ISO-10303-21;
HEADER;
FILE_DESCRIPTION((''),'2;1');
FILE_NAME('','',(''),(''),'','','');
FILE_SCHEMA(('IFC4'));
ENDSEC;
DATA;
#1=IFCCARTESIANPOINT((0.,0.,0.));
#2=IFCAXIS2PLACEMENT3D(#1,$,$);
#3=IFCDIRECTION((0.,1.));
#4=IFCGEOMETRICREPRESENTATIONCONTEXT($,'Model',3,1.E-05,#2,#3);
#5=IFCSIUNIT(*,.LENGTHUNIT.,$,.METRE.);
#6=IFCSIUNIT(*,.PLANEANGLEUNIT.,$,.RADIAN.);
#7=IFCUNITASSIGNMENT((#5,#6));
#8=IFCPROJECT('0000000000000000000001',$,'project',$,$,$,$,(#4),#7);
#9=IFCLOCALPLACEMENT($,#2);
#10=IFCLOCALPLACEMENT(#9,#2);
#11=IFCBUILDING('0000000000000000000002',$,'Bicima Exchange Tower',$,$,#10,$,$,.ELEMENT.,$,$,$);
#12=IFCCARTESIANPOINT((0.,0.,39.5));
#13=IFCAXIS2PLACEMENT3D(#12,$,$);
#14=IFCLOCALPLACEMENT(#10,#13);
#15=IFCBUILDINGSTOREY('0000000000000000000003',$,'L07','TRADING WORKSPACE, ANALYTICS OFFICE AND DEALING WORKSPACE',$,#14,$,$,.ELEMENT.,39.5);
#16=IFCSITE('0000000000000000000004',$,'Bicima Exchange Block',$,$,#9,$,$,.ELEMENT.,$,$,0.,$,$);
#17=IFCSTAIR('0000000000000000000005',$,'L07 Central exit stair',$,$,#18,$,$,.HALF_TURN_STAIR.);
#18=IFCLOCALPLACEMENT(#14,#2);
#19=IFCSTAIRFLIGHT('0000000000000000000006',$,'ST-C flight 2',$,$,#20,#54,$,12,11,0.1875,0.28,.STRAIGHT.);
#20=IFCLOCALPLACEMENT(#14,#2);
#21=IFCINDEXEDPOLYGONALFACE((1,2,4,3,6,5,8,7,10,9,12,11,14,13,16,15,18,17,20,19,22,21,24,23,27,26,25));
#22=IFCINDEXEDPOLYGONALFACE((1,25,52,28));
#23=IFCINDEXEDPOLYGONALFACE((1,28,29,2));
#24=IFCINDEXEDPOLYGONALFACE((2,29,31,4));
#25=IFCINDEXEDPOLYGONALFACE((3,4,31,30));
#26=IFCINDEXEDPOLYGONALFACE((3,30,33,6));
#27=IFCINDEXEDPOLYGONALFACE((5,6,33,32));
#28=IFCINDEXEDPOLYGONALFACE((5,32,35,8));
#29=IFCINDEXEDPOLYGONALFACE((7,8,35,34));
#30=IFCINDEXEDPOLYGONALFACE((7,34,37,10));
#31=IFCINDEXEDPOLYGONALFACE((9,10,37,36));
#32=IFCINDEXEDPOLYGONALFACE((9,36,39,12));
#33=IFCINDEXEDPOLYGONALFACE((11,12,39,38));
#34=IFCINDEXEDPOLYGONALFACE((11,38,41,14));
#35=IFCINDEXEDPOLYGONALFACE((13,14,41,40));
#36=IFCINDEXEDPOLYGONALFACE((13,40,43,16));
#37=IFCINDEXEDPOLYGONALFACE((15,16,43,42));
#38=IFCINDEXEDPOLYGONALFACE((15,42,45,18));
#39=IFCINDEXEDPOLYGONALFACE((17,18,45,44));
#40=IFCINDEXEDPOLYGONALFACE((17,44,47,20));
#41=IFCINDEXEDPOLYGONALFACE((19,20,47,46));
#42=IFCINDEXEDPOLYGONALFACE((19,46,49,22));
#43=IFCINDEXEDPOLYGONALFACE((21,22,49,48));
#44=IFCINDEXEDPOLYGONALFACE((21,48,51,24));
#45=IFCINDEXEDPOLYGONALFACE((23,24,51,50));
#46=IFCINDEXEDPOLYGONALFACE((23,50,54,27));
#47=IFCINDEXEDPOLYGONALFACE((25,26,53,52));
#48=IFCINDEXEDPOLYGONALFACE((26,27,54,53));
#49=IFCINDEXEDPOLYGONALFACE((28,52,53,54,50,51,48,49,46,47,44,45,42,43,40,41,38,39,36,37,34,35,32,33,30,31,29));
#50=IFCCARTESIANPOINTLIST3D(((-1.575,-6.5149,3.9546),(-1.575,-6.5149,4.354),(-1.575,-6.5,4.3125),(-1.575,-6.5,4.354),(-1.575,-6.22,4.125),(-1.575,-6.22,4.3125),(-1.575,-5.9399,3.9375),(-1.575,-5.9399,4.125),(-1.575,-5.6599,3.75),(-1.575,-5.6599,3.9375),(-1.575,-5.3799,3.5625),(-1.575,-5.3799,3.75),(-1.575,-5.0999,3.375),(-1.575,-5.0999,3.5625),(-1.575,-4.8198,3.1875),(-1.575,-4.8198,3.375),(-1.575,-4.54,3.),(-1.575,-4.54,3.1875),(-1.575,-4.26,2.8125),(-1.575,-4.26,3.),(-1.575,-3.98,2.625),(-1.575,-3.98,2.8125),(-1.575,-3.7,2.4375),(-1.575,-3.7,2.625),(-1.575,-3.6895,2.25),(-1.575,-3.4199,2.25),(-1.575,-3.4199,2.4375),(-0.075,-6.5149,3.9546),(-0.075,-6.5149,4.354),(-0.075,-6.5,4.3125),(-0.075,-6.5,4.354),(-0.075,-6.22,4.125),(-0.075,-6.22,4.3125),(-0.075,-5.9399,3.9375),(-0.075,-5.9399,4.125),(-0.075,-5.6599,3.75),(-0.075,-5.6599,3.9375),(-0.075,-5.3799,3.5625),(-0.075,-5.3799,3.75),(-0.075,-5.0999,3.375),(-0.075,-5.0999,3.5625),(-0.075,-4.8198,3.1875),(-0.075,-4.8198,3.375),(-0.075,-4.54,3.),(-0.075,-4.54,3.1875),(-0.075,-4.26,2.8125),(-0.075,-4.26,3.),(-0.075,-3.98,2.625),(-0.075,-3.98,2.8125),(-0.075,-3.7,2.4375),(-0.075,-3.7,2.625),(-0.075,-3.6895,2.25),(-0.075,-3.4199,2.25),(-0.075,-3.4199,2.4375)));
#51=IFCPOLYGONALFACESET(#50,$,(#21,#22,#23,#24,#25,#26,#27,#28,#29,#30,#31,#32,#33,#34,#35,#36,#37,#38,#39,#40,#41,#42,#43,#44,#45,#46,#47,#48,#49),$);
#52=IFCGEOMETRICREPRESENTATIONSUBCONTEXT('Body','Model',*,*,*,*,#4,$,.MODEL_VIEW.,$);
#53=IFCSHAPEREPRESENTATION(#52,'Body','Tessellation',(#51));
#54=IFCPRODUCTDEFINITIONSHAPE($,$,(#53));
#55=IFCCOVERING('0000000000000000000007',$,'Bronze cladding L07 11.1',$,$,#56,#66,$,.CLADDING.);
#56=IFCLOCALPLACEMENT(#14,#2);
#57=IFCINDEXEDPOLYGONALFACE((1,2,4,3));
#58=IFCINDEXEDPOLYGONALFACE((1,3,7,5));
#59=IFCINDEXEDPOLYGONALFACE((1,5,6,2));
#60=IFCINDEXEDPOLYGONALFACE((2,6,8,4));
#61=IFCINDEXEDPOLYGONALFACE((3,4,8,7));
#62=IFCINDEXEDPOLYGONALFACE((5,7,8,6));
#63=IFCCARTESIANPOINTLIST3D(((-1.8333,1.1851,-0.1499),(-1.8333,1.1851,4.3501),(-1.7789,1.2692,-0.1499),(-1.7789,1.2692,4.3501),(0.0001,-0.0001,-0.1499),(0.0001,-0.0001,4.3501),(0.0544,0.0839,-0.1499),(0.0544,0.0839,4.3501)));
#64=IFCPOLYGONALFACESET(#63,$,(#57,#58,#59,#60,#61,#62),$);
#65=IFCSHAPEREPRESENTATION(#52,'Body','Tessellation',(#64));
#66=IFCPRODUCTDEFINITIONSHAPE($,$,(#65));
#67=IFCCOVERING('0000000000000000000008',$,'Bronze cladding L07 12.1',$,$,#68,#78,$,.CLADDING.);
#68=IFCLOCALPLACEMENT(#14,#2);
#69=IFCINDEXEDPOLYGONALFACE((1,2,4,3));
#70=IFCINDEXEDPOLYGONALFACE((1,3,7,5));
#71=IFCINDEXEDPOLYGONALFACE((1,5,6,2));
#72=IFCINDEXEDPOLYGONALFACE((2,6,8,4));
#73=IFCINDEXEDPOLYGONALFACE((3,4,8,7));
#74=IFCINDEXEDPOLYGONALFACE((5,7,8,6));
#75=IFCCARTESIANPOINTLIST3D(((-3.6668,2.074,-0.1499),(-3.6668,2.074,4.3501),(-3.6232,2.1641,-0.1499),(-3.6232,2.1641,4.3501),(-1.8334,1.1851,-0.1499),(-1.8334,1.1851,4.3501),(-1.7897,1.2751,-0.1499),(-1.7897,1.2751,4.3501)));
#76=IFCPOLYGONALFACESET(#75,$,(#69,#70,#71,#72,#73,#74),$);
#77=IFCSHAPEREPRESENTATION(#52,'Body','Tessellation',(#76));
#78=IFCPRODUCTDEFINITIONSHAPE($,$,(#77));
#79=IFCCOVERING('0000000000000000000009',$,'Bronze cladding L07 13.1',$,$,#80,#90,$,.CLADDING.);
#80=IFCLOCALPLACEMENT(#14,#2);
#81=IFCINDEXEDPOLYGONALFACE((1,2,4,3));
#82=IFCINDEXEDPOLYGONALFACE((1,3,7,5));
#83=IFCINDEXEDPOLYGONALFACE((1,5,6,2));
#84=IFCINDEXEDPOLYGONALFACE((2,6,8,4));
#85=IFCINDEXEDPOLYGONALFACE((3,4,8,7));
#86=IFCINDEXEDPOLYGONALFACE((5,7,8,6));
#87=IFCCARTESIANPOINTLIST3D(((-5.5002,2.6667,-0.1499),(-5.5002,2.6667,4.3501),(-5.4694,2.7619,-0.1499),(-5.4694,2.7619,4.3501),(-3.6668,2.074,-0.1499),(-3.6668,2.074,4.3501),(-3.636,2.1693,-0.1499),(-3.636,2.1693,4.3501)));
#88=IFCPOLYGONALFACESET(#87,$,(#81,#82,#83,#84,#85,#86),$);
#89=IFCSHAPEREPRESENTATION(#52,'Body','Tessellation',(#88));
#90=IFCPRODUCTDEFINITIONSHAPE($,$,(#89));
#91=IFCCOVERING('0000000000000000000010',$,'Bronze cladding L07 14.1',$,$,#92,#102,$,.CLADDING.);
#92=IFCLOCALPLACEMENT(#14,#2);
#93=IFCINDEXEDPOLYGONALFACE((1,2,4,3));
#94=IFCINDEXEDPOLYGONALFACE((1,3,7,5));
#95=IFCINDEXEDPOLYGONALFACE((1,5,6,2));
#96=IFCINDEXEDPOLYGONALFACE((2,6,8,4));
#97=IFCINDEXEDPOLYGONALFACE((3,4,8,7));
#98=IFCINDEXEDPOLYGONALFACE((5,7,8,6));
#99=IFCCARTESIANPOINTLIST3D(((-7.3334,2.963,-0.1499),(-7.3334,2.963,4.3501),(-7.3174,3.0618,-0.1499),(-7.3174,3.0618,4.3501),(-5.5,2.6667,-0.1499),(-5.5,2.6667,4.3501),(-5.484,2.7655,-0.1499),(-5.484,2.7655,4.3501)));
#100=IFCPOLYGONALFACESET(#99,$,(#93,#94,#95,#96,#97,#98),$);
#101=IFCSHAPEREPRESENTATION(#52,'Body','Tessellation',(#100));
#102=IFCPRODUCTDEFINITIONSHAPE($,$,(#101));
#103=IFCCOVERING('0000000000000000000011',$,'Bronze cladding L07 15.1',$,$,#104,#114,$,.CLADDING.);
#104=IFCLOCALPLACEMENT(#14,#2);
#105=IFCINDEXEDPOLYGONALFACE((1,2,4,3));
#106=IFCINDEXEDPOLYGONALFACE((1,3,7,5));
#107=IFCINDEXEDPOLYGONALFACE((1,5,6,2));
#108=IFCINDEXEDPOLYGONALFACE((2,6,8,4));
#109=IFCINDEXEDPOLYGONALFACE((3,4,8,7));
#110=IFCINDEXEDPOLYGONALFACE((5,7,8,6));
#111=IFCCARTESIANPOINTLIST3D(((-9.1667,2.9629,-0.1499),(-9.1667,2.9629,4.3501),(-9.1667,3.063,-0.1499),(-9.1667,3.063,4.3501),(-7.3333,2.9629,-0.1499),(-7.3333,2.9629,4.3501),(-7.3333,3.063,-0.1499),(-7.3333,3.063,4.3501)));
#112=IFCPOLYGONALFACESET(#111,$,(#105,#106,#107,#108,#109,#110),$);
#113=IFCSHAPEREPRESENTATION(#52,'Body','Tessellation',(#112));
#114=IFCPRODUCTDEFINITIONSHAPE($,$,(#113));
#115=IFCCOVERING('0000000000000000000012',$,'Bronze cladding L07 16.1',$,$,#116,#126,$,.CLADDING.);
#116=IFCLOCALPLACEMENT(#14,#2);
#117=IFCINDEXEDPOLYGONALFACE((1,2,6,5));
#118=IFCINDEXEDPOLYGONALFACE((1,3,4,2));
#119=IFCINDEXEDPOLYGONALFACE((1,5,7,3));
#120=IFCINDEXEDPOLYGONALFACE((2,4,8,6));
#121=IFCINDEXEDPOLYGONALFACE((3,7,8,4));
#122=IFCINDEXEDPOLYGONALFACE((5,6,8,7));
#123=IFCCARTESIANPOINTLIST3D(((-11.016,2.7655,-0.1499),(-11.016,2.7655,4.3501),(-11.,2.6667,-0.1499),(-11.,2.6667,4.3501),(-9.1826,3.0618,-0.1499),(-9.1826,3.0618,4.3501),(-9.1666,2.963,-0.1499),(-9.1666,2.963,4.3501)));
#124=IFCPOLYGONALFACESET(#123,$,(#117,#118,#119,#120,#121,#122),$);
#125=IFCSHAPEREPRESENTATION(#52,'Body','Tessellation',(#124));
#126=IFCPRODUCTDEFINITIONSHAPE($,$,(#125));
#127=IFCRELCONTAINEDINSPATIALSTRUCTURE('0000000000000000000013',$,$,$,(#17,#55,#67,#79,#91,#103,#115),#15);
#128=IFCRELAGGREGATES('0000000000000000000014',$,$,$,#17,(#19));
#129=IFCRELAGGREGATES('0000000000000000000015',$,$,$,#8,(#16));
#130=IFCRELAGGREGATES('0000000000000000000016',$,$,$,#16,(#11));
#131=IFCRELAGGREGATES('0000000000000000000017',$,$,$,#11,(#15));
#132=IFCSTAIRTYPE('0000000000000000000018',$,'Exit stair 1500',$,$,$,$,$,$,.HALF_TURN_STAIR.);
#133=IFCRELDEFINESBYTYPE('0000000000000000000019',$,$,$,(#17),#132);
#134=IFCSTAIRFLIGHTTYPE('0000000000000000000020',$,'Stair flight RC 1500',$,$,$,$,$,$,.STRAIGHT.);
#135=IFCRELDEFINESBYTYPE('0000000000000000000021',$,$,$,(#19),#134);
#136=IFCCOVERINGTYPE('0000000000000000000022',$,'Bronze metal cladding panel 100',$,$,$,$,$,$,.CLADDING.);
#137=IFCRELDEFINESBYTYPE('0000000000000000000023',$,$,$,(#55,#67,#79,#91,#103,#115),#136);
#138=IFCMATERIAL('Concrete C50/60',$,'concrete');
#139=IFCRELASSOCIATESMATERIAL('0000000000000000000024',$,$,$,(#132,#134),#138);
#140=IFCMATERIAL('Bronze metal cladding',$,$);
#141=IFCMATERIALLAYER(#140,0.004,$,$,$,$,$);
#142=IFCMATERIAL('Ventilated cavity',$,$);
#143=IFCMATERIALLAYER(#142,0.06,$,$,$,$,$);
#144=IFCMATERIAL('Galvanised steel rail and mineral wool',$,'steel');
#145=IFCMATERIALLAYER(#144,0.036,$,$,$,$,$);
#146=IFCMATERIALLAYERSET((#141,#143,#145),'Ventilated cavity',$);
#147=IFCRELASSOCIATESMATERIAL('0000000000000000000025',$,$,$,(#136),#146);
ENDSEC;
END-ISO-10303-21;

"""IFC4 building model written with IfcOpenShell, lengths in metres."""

from ifc_helpers import new_model, si_unit, direction, frame, origin, origin_2d, place, context, subcontext, project, spatial, polyline, rectangle, outline, extrude, material, layer, layer_set, type_object, element, aggregate, save


model = new_model("IFC4")

# Units and contexts
model_context = context("Model", 3, precision=1e-05, world=origin(), true_north=direction((0.0, 1.0)))
body_context = subcontext(model_context, "Body", "Model", "MODEL_VIEW")
ifc_project = project(units=[si_unit("LENGTHUNIT", "METRE"), si_unit("PLANEANGLEUNIT", "RADIAN")], contexts=[model_context])

# Site, building, storey
site_placement = place(None, origin())
site = spatial("IfcSite", under=ifc_project, at=site_placement, Name="Bicima Exchange Block", CompositionType="ELEMENT", RefElevation=0.0)
building_placement = place(site_placement, origin())
building = spatial("IfcBuilding", under=site, at=building_placement, Name="Bicima Exchange Tower", CompositionType="ELEMENT")
storey_placement = place(building_placement, frame((0.0, 0.0, 39.5)))
storey = spatial("IfcBuildingStorey", under=building, at=storey_placement, Name="L07", Description="TRADING WORKSPACE, ANALYTICS OFFICE AND DEALING WORKSPACE", CompositionType="ELEMENT", Elevation=39.5)

# Shared definitions
ifc_material_1 = material(Name="Concrete C50/60", Category="concrete")

# Stair, stair flight
stair_type = type_object("IfcStairType", Name="Exit stair 1500", PredefinedType="HALF_TURN_STAIR", material=ifc_material_1)
stair_placement = place(storey_placement, origin())
stair = element("IfcStair", 1, at=stair_placement, inside=storey, type_object=stair_type, Name="L07 Central exit stair", PredefinedType="HALF_TURN_STAIR")
stair_flight_type = type_object("IfcStairFlightType", Name="Stair flight RC 1500", PredefinedType="STRAIGHT", material=ifc_material_1)
stair_flight_placement = place(storey_placement, frame((-0.825, -3.4199, 2.25), z_axis=(0.0, 0.0, 1.0), x_axis=(0.0, -1.0, 0.0)))
stair_flight = element("IfcStairFlight", 2, at=stair_flight_placement, type_object=stair_flight_type, Name="ST-C flight 2", NumberOfRisers=12, NumberOfTreads=11, PredefinedType="STRAIGHT", RiserHeight=0.1875, TreadLength=0.28, context=body_context, shape_type="SweptSolid", body=[
    extrude(outline(polyline([(0.0, 0.0), (0.0, 0.1875), (0.28, 0.1875), (0.28, 0.375), (0.5601, 0.375), (0.5601, 0.5625), (0.8401, 0.5625), (0.8401, 0.75), (1.1201, 0.75), (1.1201, 0.9375), (1.3999, 0.9375), (1.3999, 1.125), (1.6799, 1.125), (1.6799, 1.3125), (1.96, 1.3125), (1.96, 1.5), (2.24, 1.5), (2.24, 1.6875), (2.52, 1.6875), (2.52, 1.875), (2.8, 1.875), (2.8, 2.0625), (3.0801, 2.0625), (3.0801, 2.104), (3.095, 2.104), (3.095, 1.7046), (0.2695, 0.0), (0.0, 0.0)])), frame((0.0, 0.75, 0.0), z_axis=(0.0, -1.0, 0.0), x_axis=(1.0, 0.0, 0.0)), (0.0, 0.0, 1.0), 1.5),
])
aggregate(stair, [stair_flight])

# Coverings
ifc_material_2 = material(Name="Bronze metal cladding")
ifc_layer_1 = layer(ifc_material_2, 0.004)
ifc_material_3 = material(Name="Ventilated cavity")
ifc_layer_2 = layer(ifc_material_3, 0.06)
ifc_material_4 = material(Name="Galvanised steel rail and mineral wool", Category="steel")
ifc_layer_3 = layer(ifc_material_4, 0.036)
ifc_layer_set_1 = layer_set([ifc_layer_1, ifc_layer_2, ifc_layer_3], Name="Ventilated cavity")
covering_type = type_object("IfcCoveringType", Name="Bronze metal cladding panel 100", PredefinedType="CLADDING", material=ifc_layer_set_1)
covering_1_placement = place(storey_placement, frame((-0.8894, 0.6345, -0.1499), z_axis=(0.0, 0.0, 1.0), x_axis=(-0.83979, 0.542911, 0.0)))
element("IfcCovering", 3, at=covering_1_placement, inside=storey, type_object=covering_type, Name="Bronze cladding L07 11.1", PredefinedType="CLADDING", context=body_context, shape_type="SweptSolid", body=[
    extrude(rectangle(XDim=2.1831, YDim=0.1001, at=origin_2d()), origin(), (0.0, 0.0, 1.0), 4.5),
])
covering_2_placement = place(storey_placement, frame((-2.7283, 1.6746, -0.1499), z_axis=(0.0, 0.0, 1.0), x_axis=(-0.899818, 0.436265, 0.0)))
element("IfcCovering", 4, at=covering_2_placement, inside=storey, type_object=covering_type, Name="Bronze cladding L07 12.1", PredefinedType="CLADDING", context=body_context, shape_type="SweptSolid", body=[
    extrude(rectangle(XDim=2.0376, YDim=0.1001, at=origin_2d()), origin(), (0.0, 0.0, 1.0), 4.5),
])
covering_3_placement = place(storey_placement, frame((-4.5681, 2.418, -0.1499), z_axis=(0.0, 0.0, 1.0), x_axis=(-0.951525, 0.307573, 0.0)))
element("IfcCovering", 5, at=covering_3_placement, inside=storey, type_object=covering_type, Name="Bronze cladding L07 13.1", PredefinedType="CLADDING", context=body_context, shape_type="SweptSolid", body=[
    extrude(rectangle(XDim=1.9268, YDim=0.1001, at=origin_2d()), origin(), (0.0, 0.0, 1.0), 4.5),
])
covering_4_placement = place(storey_placement, frame((-6.4087, 2.8643, -0.1499), z_axis=(0.0, 0.0, 1.0), x_axis=(-0.98719, 0.15955, 0.0)))
element("IfcCovering", 6, at=covering_4_placement, inside=storey, type_object=covering_type, Name="Bronze cladding L07 14.1", PredefinedType="CLADDING", context=body_context, shape_type="SweptSolid", body=[
    extrude(rectangle(XDim=1.8572, YDim=0.1001, at=origin_2d()), origin(), (0.0, 0.0, 1.0), 4.5),
])
covering_5_placement = place(storey_placement, frame((-8.25, 3.0129, -0.1499), z_axis=(0.0, 0.0, 1.0), x_axis=(-1.0, 0.0, 0.0)))
element("IfcCovering", 7, at=covering_5_placement, inside=storey, type_object=covering_type, Name="Bronze cladding L07 15.1", PredefinedType="CLADDING", context=body_context, shape_type="SweptSolid", body=[
    extrude(rectangle(XDim=1.8335, YDim=0.1001, at=origin_2d()), origin(), (0.0, 0.0, 1.0), 4.5),
])
covering_6_placement = place(storey_placement, frame((-10.0913, 2.8643, -0.1499), z_axis=(0.0, 0.0, 1.0), x_axis=(-0.98719, -0.15955, 0.0)))
element("IfcCovering", 8, at=covering_6_placement, inside=storey, type_object=covering_type, Name="Bronze cladding L07 16.1", PredefinedType="CLADDING", context=body_context, shape_type="SweptSolid", body=[
    extrude(rectangle(XDim=1.8572, YDim=0.1001, at=origin_2d()), origin(), (0.0, 0.0, 1.0), 4.5),
])

save(model, "model.ifc")
